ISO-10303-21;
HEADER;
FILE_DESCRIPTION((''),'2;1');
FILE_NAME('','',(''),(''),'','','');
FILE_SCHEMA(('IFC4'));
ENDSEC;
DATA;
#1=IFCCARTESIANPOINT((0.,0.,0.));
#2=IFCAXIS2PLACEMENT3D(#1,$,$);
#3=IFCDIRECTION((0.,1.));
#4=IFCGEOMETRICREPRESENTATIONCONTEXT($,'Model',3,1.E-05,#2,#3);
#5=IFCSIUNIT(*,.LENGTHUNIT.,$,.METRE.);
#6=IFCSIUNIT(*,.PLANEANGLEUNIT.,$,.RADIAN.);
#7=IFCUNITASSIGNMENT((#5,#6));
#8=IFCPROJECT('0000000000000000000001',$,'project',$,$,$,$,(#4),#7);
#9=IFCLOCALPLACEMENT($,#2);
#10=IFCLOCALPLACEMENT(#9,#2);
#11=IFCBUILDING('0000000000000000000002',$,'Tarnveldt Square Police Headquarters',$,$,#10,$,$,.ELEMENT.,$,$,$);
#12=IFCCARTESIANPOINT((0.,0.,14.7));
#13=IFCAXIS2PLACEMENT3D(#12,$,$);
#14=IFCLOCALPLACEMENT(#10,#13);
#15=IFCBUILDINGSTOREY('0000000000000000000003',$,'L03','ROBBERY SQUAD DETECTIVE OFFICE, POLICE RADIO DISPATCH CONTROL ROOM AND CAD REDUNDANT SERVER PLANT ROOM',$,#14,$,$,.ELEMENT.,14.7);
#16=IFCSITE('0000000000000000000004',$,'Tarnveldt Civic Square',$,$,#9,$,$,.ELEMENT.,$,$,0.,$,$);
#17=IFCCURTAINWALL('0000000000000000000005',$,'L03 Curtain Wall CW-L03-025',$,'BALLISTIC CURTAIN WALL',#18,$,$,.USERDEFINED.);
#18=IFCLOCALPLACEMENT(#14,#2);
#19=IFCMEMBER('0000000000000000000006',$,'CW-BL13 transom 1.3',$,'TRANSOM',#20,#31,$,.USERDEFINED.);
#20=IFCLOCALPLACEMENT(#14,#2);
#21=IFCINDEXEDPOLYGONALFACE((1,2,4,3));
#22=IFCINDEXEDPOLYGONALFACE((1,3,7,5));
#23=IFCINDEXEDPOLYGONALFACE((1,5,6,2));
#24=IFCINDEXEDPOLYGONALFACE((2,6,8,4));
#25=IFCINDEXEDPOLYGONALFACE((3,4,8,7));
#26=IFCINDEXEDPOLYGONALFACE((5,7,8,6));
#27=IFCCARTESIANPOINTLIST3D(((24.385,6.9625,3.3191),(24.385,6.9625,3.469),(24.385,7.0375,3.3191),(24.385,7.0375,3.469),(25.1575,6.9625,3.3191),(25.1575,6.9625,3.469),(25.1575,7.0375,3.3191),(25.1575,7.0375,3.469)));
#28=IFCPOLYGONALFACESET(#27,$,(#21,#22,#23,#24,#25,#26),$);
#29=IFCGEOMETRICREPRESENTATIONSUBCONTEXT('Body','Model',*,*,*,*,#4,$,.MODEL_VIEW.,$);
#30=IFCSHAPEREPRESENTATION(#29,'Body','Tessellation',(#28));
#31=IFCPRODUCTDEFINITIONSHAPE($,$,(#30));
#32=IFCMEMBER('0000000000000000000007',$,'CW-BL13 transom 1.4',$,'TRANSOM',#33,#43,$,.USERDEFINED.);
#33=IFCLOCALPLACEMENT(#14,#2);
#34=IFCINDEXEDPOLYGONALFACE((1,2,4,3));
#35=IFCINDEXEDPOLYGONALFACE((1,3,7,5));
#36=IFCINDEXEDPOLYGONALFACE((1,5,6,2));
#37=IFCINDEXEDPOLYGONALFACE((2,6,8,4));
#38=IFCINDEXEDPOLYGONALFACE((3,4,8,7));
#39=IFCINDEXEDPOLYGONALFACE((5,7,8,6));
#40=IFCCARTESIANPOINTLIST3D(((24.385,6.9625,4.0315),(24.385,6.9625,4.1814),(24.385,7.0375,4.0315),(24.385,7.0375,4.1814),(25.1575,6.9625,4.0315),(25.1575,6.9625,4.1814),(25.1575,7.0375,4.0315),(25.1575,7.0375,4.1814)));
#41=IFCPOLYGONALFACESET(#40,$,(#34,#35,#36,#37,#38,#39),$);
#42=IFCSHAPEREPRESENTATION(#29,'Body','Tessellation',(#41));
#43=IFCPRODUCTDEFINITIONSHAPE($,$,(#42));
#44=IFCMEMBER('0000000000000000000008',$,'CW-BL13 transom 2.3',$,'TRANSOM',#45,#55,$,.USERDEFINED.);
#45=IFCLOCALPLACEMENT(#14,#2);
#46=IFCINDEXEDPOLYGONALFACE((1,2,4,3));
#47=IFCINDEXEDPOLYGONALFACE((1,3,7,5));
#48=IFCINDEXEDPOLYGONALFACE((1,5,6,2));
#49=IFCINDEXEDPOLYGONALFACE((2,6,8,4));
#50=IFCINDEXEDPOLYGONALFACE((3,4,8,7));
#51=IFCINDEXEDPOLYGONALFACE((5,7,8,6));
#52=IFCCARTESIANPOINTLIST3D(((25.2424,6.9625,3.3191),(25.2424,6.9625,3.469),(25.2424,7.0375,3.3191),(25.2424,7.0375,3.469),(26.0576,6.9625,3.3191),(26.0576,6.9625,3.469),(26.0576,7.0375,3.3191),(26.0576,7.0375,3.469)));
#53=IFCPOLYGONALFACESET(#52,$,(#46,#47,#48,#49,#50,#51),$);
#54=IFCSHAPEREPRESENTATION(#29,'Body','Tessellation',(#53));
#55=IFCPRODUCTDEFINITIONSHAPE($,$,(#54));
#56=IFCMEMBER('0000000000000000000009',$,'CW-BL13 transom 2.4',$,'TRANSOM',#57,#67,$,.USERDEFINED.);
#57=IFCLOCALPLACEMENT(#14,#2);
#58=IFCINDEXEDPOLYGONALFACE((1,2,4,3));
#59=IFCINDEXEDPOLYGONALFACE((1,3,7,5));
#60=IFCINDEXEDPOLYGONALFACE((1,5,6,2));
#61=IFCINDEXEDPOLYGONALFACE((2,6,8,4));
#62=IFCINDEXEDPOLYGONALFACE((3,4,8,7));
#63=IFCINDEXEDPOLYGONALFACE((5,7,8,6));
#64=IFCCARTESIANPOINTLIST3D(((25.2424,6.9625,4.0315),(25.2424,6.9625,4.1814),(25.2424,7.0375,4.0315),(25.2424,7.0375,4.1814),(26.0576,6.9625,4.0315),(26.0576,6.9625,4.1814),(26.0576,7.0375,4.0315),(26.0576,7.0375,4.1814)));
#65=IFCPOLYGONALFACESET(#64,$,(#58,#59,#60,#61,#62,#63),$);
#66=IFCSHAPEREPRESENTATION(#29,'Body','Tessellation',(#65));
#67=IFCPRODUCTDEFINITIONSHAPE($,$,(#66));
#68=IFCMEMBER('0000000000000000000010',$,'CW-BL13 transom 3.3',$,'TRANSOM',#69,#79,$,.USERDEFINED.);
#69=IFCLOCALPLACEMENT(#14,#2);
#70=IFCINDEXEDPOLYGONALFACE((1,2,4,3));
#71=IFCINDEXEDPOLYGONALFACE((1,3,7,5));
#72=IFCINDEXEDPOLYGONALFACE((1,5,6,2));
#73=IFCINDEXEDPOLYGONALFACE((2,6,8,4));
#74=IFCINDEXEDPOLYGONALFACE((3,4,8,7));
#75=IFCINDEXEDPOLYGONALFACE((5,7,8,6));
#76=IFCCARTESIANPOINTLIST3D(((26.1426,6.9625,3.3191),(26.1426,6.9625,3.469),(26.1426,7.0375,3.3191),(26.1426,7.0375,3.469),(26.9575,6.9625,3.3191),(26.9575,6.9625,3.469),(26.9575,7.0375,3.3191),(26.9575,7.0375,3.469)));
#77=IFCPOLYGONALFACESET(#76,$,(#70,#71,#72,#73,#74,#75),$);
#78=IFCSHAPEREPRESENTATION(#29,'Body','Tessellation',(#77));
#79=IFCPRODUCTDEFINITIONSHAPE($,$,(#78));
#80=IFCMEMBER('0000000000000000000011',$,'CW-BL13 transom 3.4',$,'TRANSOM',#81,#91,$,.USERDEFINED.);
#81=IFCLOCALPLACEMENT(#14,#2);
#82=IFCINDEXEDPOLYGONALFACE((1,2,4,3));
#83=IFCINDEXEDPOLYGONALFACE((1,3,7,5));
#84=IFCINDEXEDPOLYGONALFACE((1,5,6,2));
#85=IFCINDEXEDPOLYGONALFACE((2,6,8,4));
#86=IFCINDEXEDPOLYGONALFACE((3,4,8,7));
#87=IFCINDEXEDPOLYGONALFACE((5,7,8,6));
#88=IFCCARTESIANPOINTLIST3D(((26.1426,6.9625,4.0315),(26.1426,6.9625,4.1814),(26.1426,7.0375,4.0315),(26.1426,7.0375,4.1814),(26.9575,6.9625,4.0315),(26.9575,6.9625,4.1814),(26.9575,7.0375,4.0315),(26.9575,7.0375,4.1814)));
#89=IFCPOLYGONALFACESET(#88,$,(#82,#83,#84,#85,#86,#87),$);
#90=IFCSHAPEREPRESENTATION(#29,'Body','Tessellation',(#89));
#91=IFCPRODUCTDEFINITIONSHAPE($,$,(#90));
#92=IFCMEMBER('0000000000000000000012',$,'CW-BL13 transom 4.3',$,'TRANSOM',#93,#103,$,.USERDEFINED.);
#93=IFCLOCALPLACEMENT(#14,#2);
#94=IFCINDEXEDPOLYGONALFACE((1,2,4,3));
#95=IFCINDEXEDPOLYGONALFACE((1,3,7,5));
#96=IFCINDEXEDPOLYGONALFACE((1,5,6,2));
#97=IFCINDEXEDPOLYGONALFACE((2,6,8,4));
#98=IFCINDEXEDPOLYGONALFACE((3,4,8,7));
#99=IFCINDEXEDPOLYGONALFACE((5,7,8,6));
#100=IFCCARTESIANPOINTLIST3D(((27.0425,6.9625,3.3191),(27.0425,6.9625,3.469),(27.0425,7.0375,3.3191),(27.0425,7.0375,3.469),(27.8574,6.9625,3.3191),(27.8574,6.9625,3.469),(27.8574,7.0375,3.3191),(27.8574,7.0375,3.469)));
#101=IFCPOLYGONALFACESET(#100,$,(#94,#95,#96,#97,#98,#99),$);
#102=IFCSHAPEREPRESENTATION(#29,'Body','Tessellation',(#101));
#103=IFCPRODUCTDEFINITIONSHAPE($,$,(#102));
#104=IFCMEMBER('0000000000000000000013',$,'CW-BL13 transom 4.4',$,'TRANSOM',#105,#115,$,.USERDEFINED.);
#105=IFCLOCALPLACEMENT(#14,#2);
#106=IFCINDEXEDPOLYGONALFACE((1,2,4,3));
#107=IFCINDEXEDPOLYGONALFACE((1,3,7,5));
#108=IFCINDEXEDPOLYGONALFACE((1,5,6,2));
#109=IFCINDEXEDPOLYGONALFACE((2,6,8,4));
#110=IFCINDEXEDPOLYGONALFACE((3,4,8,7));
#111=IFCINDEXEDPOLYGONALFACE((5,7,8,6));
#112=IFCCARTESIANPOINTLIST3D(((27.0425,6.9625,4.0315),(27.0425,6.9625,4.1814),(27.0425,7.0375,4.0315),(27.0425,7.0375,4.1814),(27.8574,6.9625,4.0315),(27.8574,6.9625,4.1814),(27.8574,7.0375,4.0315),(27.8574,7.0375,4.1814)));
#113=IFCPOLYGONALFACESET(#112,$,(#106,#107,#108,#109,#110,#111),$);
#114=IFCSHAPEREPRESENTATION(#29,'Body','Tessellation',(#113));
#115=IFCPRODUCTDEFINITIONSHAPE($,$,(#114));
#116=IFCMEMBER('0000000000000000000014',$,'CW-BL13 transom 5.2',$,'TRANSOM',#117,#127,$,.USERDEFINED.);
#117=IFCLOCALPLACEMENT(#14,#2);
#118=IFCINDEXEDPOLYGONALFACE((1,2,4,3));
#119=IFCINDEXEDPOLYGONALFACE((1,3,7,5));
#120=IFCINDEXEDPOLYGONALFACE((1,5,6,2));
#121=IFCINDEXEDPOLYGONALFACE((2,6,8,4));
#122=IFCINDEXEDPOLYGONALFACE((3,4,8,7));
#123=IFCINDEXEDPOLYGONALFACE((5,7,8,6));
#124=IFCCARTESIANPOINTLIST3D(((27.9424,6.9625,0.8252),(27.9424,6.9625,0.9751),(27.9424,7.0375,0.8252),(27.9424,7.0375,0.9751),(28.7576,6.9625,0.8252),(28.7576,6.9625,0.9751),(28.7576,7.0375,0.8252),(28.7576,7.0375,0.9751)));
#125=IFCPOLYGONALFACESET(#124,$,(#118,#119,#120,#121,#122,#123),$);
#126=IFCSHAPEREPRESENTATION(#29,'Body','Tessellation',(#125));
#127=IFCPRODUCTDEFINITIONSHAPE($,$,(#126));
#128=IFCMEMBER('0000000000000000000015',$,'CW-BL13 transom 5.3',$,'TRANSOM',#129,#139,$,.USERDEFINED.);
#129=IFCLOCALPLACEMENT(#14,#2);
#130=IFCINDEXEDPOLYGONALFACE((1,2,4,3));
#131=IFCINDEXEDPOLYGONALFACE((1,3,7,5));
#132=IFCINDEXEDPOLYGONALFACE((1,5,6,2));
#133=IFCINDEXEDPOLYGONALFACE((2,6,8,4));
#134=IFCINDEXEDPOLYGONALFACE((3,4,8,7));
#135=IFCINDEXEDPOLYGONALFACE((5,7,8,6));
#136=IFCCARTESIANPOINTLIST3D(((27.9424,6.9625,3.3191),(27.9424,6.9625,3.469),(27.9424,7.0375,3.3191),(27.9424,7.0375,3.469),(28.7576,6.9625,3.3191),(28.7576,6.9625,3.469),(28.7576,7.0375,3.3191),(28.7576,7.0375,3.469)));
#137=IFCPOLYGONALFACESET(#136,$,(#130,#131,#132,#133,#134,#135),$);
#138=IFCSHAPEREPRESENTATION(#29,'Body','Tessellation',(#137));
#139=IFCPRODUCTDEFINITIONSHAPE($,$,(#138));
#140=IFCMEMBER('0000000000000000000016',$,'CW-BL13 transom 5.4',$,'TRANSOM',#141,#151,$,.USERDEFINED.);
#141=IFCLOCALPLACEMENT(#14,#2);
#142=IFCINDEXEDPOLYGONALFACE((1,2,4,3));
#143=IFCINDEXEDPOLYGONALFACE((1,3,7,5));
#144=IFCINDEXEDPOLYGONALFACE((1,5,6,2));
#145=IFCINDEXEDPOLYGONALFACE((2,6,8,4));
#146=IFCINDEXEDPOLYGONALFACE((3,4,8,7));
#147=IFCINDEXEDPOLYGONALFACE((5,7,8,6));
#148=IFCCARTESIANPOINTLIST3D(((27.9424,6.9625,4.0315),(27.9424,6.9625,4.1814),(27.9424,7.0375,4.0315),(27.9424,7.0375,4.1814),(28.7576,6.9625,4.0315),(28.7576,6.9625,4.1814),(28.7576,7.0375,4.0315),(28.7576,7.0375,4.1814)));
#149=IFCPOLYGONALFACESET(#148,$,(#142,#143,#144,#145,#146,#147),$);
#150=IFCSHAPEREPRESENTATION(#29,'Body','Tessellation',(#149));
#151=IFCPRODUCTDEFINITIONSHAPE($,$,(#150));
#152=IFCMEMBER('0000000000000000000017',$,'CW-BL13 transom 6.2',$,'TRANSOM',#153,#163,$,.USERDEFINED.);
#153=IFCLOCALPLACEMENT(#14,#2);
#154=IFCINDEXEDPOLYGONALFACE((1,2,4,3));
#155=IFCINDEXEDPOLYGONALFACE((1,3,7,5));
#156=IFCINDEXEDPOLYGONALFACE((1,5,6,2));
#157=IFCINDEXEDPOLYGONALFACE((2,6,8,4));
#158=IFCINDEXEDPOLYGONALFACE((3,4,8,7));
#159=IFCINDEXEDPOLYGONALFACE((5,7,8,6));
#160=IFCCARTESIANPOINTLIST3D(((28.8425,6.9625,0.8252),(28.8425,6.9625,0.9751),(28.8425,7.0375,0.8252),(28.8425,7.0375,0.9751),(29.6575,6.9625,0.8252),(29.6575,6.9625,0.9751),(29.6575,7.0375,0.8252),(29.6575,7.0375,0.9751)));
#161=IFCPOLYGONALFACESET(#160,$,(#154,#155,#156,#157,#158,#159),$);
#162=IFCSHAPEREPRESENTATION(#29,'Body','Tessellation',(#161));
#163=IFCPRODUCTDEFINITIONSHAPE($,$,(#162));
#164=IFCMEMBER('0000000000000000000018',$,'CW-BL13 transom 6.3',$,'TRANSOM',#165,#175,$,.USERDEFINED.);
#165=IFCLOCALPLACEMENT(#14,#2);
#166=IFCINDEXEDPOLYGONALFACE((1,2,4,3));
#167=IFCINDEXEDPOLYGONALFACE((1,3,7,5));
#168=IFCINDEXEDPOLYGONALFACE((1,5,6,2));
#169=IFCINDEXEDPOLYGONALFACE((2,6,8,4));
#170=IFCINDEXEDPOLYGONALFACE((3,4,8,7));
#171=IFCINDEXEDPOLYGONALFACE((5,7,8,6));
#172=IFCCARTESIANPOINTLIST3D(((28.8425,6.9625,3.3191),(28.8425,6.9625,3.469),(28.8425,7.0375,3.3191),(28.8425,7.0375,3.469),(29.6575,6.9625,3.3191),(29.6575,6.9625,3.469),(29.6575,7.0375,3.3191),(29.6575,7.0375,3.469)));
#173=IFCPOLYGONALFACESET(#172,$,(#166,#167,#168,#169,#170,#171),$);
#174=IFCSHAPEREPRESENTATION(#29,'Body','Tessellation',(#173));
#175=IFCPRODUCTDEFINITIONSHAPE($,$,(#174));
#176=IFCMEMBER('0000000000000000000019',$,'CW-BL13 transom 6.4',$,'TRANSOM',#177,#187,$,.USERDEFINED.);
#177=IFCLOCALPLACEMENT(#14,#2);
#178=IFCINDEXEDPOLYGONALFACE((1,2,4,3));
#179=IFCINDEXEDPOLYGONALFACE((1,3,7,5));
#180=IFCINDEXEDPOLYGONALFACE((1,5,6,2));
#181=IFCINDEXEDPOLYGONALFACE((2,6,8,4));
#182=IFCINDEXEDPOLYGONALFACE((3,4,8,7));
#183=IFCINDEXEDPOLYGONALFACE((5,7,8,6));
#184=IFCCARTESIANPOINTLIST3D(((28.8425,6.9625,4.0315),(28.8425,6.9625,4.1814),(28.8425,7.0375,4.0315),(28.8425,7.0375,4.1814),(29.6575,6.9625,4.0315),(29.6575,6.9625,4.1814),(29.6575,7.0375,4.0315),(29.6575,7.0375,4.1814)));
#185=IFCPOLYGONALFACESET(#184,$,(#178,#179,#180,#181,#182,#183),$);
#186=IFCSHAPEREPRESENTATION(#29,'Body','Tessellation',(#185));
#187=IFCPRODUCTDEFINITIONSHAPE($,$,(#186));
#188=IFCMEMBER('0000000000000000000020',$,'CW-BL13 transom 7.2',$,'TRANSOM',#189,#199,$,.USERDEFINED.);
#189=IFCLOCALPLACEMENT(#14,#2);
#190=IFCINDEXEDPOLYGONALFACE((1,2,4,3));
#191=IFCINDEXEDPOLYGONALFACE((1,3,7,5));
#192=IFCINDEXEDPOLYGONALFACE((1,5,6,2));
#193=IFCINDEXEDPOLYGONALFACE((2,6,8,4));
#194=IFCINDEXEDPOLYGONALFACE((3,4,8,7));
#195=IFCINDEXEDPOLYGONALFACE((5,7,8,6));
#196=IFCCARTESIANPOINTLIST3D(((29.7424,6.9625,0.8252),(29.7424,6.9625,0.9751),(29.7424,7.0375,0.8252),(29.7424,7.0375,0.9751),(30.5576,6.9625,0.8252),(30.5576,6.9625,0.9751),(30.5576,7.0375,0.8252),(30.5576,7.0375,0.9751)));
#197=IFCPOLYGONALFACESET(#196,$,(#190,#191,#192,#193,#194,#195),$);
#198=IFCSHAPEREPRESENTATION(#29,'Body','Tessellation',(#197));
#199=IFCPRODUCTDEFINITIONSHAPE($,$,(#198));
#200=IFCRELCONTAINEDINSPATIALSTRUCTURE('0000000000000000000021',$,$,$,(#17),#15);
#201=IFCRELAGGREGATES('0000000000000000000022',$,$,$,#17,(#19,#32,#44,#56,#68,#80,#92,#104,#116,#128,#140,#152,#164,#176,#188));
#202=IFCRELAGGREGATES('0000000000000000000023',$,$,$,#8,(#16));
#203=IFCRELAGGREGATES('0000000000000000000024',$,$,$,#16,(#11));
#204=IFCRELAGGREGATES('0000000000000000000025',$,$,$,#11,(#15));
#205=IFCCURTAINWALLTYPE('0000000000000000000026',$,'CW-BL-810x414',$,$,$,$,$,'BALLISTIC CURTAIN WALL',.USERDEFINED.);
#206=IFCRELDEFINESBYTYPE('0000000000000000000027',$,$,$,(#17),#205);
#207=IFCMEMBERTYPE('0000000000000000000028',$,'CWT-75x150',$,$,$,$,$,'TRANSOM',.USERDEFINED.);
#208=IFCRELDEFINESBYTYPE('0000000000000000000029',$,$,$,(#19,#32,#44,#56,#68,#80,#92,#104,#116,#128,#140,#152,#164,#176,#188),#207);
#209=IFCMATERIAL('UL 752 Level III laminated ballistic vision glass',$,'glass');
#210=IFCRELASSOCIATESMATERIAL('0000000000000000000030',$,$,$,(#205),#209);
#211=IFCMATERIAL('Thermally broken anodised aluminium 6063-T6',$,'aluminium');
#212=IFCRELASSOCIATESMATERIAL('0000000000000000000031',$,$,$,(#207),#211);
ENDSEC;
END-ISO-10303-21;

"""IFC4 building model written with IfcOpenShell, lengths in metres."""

from ifc_helpers import new_model, si_unit, direction, frame, origin, origin_2d, place, context, subcontext, project, spatial, rectangle, extrude, material, material_profile, profile_set, type_object, element, aggregate, save


model = new_model("IFC4")

# Units and contexts
model_context = context("Model", 3, precision=1e-05, world=origin(), true_north=direction((0.0, 1.0)))
body_context = subcontext(model_context, "Body", "Model", "MODEL_VIEW")
ifc_project = project(units=[si_unit("LENGTHUNIT", "METRE"), si_unit("PLANEANGLEUNIT", "RADIAN")], contexts=[model_context])

# Site, building, storey
site_placement = place(None, origin())
site = spatial("IfcSite", under=ifc_project, at=site_placement, Name="Tarnveldt Civic Square", CompositionType="ELEMENT", RefElevation=0.0)
building_placement = place(site_placement, origin())
building = spatial("IfcBuilding", under=site, at=building_placement, Name="Tarnveldt Square Police Headquarters", CompositionType="ELEMENT")
storey_placement = place(building_placement, frame((0.0, 0.0, 14.7)))
storey = spatial("IfcBuildingStorey", under=building, at=storey_placement, Name="L03", Description="ROBBERY SQUAD DETECTIVE OFFICE, POLICE RADIO DISPATCH CONTROL ROOM AND CAD REDUNDANT SERVER PLANT ROOM", CompositionType="ELEMENT", Elevation=14.7)

# Curtain wall, members
ifc_material_1 = material(Name="UL 752 Level III laminated ballistic vision glass", Category="glass")
curtain_wall_type = type_object("IfcCurtainWallType", Name="CW-BL-810x414", ElementType="BALLISTIC CURTAIN WALL", PredefinedType="USERDEFINED", material=ifc_material_1)
curtain_wall_placement = place(storey_placement, origin())
curtain_wall = element("IfcCurtainWall", 1, at=curtain_wall_placement, inside=storey, type_object=curtain_wall_type, Name="L03 Curtain Wall CW-L03-025", ObjectType="BALLISTIC CURTAIN WALL", PredefinedType="USERDEFINED")
ifc_material_2 = material(Name="Thermally broken anodised aluminium 6063-T6", Category="aluminium")
ifc_material_profile_1 = material_profile(ifc_material_2, rectangle(XDim=0.075, YDim=0.1499, at=origin_2d()), Name="CW-T75x150")
ifc_profile_set_1 = profile_set([ifc_material_profile_1], Name="Thermally broken anodised aluminium 6063-T6")
member_type_1 = type_object("IfcMemberType", Name="CWT-75x150", ElementType="TRANSOM", PredefinedType="USERDEFINED", material=ifc_profile_set_1)
member_1_placement = place(storey_placement, frame((24.385, 7.0, 3.394), z_axis=(1.0, 0.0, 0.0), x_axis=(0.0, 1.0, 0.0)))
member_1 = element("IfcMember", 2, at=member_1_placement, type_object=member_type_1, Name="CW-BL13 transom 1.3", ObjectType="TRANSOM", PredefinedType="USERDEFINED", context=body_context, shape_type="SweptSolid", body=[
    extrude(rectangle(XDim=0.075, YDim=0.1499, at=origin_2d()), origin(), (0.0, 0.0, 1.0), 0.7725),
])
member_2_placement = place(storey_placement, frame((24.385, 7.0, 4.1064), z_axis=(1.0, 0.0, 0.0), x_axis=(0.0, 1.0, 0.0)))
member_2 = element("IfcMember", 3, at=member_2_placement, type_object=member_type_1, Name="CW-BL13 transom 1.4", ObjectType="TRANSOM", PredefinedType="USERDEFINED", context=body_context, shape_type="SweptSolid", body=[
    extrude(rectangle(XDim=0.075, YDim=0.1499, at=origin_2d()), origin(), (0.0, 0.0, 1.0), 0.7725),
])
member_3_placement = place(storey_placement, frame((25.2424, 7.0, 3.394), z_axis=(1.0, 0.0, 0.0), x_axis=(0.0, 1.0, 0.0)))
member_3 = element("IfcMember", 4, at=member_3_placement, type_object=member_type_1, Name="CW-BL13 transom 2.3", ObjectType="TRANSOM", PredefinedType="USERDEFINED", context=body_context, shape_type="SweptSolid", body=[
    extrude(rectangle(XDim=0.075, YDim=0.1499, at=origin_2d()), origin(), (0.0, 0.0, 1.0), 0.8152),
])
member_4_placement = place(storey_placement, frame((25.2424, 7.0, 4.1064), z_axis=(1.0, 0.0, 0.0), x_axis=(0.0, 1.0, 0.0)))
member_4 = element("IfcMember", 5, at=member_4_placement, type_object=member_type_1, Name="CW-BL13 transom 2.4", ObjectType="TRANSOM", PredefinedType="USERDEFINED", context=body_context, shape_type="SweptSolid", body=[
    extrude(rectangle(XDim=0.075, YDim=0.1499, at=origin_2d()), origin(), (0.0, 0.0, 1.0), 0.8152),
])
member_5_placement = place(storey_placement, frame((26.1426, 7.0, 3.394), z_axis=(1.0, 0.0, 0.0), x_axis=(0.0, 1.0, 0.0)))
member_5 = element("IfcMember", 6, at=member_5_placement, type_object=member_type_1, Name="CW-BL13 transom 3.3", ObjectType="TRANSOM", PredefinedType="USERDEFINED", context=body_context, shape_type="SweptSolid", body=[
    extrude(rectangle(XDim=0.075, YDim=0.1499, at=origin_2d()), origin(), (0.0, 0.0, 1.0), 0.8149),
])
member_6_placement = place(storey_placement, frame((26.1426, 7.0, 4.1064), z_axis=(1.0, 0.0, 0.0), x_axis=(0.0, 1.0, 0.0)))
member_6 = element("IfcMember", 7, at=member_6_placement, type_object=member_type_1, Name="CW-BL13 transom 3.4", ObjectType="TRANSOM", PredefinedType="USERDEFINED", context=body_context, shape_type="SweptSolid", body=[
    extrude(rectangle(XDim=0.075, YDim=0.1499, at=origin_2d()), origin(), (0.0, 0.0, 1.0), 0.8149),
])
member_7_placement = place(storey_placement, frame((27.0425, 7.0, 3.394), z_axis=(1.0, 0.0, 0.0), x_axis=(0.0, 1.0, 0.0)))
member_7 = element("IfcMember", 8, at=member_7_placement, type_object=member_type_1, Name="CW-BL13 transom 4.3", ObjectType="TRANSOM", PredefinedType="USERDEFINED", context=body_context, shape_type="SweptSolid", body=[
    extrude(rectangle(XDim=0.075, YDim=0.1499, at=origin_2d()), origin(), (0.0, 0.0, 1.0), 0.8149),
])
member_8_placement = place(storey_placement, frame((27.0425, 7.0, 4.1064), z_axis=(1.0, 0.0, 0.0), x_axis=(0.0, 1.0, 0.0)))
member_8 = element("IfcMember", 9, at=member_8_placement, type_object=member_type_1, Name="CW-BL13 transom 4.4", ObjectType="TRANSOM", PredefinedType="USERDEFINED", context=body_context, shape_type="SweptSolid", body=[
    extrude(rectangle(XDim=0.075, YDim=0.1499, at=origin_2d()), origin(), (0.0, 0.0, 1.0), 0.8149),
])
member_9_placement = place(storey_placement, frame((27.9424, 7.0, 0.9001), z_axis=(1.0, 0.0, 0.0), x_axis=(0.0, 1.0, 0.0)))
member_9 = element("IfcMember", 10, at=member_9_placement, type_object=member_type_1, Name="CW-BL13 transom 5.2", ObjectType="TRANSOM", PredefinedType="USERDEFINED", context=body_context, shape_type="SweptSolid", body=[
    extrude(rectangle(XDim=0.075, YDim=0.1499, at=origin_2d()), origin(), (0.0, 0.0, 1.0), 0.8152),
])
member_10_placement = place(storey_placement, frame((27.9424, 7.0, 3.394), z_axis=(1.0, 0.0, 0.0), x_axis=(0.0, 1.0, 0.0)))
member_10 = element("IfcMember", 11, at=member_10_placement, type_object=member_type_1, Name="CW-BL13 transom 5.3", ObjectType="TRANSOM", PredefinedType="USERDEFINED", context=body_context, shape_type="SweptSolid", body=[
    extrude(rectangle(XDim=0.075, YDim=0.1499, at=origin_2d()), origin(), (0.0, 0.0, 1.0), 0.8152),
])
member_11_placement = place(storey_placement, frame((27.9424, 7.0, 4.1064), z_axis=(1.0, 0.0, 0.0), x_axis=(0.0, 1.0, 0.0)))
member_11 = element("IfcMember", 12, at=member_11_placement, type_object=member_type_1, Name="CW-BL13 transom 5.4", ObjectType="TRANSOM", PredefinedType="USERDEFINED", context=body_context, shape_type="SweptSolid", body=[
    extrude(rectangle(XDim=0.075, YDim=0.1499, at=origin_2d()), origin(), (0.0, 0.0, 1.0), 0.8152),
])
member_12_placement = place(storey_placement, frame((28.8425, 7.0, 0.9001), z_axis=(1.0, 0.0, 0.0), x_axis=(0.0, 1.0, 0.0)))
member_12 = element("IfcMember", 13, at=member_12_placement, type_object=member_type_1, Name="CW-BL13 transom 6.2", ObjectType="TRANSOM", PredefinedType="USERDEFINED", context=body_context, shape_type="SweptSolid", body=[
    extrude(rectangle(XDim=0.075, YDim=0.1499, at=origin_2d()), origin(), (0.0, 0.0, 1.0), 0.8149),
])
member_13_placement = place(storey_placement, frame((28.8425, 7.0, 3.394), z_axis=(1.0, 0.0, 0.0), x_axis=(0.0, 1.0, 0.0)))
member_13 = element("IfcMember", 14, at=member_13_placement, type_object=member_type_1, Name="CW-BL13 transom 6.3", ObjectType="TRANSOM", PredefinedType="USERDEFINED", context=body_context, shape_type="SweptSolid", body=[
    extrude(rectangle(XDim=0.075, YDim=0.1499, at=origin_2d()), origin(), (0.0, 0.0, 1.0), 0.8149),
])
member_14_placement = place(storey_placement, frame((28.8425, 7.0, 4.1064), z_axis=(1.0, 0.0, 0.0), x_axis=(0.0, 1.0, 0.0)))
member_14 = element("IfcMember", 15, at=member_14_placement, type_object=member_type_1, Name="CW-BL13 transom 6.4", ObjectType="TRANSOM", PredefinedType="USERDEFINED", context=body_context, shape_type="SweptSolid", body=[
    extrude(rectangle(XDim=0.075, YDim=0.1499, at=origin_2d()), origin(), (0.0, 0.0, 1.0), 0.8149),
])
member_15_placement = place(storey_placement, frame((29.7424, 7.0, 0.9001), z_axis=(1.0, 0.0, 0.0), x_axis=(0.0, 1.0, 0.0)))
member_15 = element("IfcMember", 16, at=member_15_placement, type_object=member_type_1, Name="CW-BL13 transom 7.2", ObjectType="TRANSOM", PredefinedType="USERDEFINED", context=body_context, shape_type="SweptSolid", body=[
    extrude(rectangle(XDim=0.075, YDim=0.1499, at=origin_2d()), origin(), (0.0, 0.0, 1.0), 0.8152),
])

aggregate(curtain_wall, [member_1, member_2, member_3, member_4, member_5, member_6, member_7, member_8, member_9, member_10, member_11, member_12, member_13, member_14, member_15])

save(model, "model.ifc")
